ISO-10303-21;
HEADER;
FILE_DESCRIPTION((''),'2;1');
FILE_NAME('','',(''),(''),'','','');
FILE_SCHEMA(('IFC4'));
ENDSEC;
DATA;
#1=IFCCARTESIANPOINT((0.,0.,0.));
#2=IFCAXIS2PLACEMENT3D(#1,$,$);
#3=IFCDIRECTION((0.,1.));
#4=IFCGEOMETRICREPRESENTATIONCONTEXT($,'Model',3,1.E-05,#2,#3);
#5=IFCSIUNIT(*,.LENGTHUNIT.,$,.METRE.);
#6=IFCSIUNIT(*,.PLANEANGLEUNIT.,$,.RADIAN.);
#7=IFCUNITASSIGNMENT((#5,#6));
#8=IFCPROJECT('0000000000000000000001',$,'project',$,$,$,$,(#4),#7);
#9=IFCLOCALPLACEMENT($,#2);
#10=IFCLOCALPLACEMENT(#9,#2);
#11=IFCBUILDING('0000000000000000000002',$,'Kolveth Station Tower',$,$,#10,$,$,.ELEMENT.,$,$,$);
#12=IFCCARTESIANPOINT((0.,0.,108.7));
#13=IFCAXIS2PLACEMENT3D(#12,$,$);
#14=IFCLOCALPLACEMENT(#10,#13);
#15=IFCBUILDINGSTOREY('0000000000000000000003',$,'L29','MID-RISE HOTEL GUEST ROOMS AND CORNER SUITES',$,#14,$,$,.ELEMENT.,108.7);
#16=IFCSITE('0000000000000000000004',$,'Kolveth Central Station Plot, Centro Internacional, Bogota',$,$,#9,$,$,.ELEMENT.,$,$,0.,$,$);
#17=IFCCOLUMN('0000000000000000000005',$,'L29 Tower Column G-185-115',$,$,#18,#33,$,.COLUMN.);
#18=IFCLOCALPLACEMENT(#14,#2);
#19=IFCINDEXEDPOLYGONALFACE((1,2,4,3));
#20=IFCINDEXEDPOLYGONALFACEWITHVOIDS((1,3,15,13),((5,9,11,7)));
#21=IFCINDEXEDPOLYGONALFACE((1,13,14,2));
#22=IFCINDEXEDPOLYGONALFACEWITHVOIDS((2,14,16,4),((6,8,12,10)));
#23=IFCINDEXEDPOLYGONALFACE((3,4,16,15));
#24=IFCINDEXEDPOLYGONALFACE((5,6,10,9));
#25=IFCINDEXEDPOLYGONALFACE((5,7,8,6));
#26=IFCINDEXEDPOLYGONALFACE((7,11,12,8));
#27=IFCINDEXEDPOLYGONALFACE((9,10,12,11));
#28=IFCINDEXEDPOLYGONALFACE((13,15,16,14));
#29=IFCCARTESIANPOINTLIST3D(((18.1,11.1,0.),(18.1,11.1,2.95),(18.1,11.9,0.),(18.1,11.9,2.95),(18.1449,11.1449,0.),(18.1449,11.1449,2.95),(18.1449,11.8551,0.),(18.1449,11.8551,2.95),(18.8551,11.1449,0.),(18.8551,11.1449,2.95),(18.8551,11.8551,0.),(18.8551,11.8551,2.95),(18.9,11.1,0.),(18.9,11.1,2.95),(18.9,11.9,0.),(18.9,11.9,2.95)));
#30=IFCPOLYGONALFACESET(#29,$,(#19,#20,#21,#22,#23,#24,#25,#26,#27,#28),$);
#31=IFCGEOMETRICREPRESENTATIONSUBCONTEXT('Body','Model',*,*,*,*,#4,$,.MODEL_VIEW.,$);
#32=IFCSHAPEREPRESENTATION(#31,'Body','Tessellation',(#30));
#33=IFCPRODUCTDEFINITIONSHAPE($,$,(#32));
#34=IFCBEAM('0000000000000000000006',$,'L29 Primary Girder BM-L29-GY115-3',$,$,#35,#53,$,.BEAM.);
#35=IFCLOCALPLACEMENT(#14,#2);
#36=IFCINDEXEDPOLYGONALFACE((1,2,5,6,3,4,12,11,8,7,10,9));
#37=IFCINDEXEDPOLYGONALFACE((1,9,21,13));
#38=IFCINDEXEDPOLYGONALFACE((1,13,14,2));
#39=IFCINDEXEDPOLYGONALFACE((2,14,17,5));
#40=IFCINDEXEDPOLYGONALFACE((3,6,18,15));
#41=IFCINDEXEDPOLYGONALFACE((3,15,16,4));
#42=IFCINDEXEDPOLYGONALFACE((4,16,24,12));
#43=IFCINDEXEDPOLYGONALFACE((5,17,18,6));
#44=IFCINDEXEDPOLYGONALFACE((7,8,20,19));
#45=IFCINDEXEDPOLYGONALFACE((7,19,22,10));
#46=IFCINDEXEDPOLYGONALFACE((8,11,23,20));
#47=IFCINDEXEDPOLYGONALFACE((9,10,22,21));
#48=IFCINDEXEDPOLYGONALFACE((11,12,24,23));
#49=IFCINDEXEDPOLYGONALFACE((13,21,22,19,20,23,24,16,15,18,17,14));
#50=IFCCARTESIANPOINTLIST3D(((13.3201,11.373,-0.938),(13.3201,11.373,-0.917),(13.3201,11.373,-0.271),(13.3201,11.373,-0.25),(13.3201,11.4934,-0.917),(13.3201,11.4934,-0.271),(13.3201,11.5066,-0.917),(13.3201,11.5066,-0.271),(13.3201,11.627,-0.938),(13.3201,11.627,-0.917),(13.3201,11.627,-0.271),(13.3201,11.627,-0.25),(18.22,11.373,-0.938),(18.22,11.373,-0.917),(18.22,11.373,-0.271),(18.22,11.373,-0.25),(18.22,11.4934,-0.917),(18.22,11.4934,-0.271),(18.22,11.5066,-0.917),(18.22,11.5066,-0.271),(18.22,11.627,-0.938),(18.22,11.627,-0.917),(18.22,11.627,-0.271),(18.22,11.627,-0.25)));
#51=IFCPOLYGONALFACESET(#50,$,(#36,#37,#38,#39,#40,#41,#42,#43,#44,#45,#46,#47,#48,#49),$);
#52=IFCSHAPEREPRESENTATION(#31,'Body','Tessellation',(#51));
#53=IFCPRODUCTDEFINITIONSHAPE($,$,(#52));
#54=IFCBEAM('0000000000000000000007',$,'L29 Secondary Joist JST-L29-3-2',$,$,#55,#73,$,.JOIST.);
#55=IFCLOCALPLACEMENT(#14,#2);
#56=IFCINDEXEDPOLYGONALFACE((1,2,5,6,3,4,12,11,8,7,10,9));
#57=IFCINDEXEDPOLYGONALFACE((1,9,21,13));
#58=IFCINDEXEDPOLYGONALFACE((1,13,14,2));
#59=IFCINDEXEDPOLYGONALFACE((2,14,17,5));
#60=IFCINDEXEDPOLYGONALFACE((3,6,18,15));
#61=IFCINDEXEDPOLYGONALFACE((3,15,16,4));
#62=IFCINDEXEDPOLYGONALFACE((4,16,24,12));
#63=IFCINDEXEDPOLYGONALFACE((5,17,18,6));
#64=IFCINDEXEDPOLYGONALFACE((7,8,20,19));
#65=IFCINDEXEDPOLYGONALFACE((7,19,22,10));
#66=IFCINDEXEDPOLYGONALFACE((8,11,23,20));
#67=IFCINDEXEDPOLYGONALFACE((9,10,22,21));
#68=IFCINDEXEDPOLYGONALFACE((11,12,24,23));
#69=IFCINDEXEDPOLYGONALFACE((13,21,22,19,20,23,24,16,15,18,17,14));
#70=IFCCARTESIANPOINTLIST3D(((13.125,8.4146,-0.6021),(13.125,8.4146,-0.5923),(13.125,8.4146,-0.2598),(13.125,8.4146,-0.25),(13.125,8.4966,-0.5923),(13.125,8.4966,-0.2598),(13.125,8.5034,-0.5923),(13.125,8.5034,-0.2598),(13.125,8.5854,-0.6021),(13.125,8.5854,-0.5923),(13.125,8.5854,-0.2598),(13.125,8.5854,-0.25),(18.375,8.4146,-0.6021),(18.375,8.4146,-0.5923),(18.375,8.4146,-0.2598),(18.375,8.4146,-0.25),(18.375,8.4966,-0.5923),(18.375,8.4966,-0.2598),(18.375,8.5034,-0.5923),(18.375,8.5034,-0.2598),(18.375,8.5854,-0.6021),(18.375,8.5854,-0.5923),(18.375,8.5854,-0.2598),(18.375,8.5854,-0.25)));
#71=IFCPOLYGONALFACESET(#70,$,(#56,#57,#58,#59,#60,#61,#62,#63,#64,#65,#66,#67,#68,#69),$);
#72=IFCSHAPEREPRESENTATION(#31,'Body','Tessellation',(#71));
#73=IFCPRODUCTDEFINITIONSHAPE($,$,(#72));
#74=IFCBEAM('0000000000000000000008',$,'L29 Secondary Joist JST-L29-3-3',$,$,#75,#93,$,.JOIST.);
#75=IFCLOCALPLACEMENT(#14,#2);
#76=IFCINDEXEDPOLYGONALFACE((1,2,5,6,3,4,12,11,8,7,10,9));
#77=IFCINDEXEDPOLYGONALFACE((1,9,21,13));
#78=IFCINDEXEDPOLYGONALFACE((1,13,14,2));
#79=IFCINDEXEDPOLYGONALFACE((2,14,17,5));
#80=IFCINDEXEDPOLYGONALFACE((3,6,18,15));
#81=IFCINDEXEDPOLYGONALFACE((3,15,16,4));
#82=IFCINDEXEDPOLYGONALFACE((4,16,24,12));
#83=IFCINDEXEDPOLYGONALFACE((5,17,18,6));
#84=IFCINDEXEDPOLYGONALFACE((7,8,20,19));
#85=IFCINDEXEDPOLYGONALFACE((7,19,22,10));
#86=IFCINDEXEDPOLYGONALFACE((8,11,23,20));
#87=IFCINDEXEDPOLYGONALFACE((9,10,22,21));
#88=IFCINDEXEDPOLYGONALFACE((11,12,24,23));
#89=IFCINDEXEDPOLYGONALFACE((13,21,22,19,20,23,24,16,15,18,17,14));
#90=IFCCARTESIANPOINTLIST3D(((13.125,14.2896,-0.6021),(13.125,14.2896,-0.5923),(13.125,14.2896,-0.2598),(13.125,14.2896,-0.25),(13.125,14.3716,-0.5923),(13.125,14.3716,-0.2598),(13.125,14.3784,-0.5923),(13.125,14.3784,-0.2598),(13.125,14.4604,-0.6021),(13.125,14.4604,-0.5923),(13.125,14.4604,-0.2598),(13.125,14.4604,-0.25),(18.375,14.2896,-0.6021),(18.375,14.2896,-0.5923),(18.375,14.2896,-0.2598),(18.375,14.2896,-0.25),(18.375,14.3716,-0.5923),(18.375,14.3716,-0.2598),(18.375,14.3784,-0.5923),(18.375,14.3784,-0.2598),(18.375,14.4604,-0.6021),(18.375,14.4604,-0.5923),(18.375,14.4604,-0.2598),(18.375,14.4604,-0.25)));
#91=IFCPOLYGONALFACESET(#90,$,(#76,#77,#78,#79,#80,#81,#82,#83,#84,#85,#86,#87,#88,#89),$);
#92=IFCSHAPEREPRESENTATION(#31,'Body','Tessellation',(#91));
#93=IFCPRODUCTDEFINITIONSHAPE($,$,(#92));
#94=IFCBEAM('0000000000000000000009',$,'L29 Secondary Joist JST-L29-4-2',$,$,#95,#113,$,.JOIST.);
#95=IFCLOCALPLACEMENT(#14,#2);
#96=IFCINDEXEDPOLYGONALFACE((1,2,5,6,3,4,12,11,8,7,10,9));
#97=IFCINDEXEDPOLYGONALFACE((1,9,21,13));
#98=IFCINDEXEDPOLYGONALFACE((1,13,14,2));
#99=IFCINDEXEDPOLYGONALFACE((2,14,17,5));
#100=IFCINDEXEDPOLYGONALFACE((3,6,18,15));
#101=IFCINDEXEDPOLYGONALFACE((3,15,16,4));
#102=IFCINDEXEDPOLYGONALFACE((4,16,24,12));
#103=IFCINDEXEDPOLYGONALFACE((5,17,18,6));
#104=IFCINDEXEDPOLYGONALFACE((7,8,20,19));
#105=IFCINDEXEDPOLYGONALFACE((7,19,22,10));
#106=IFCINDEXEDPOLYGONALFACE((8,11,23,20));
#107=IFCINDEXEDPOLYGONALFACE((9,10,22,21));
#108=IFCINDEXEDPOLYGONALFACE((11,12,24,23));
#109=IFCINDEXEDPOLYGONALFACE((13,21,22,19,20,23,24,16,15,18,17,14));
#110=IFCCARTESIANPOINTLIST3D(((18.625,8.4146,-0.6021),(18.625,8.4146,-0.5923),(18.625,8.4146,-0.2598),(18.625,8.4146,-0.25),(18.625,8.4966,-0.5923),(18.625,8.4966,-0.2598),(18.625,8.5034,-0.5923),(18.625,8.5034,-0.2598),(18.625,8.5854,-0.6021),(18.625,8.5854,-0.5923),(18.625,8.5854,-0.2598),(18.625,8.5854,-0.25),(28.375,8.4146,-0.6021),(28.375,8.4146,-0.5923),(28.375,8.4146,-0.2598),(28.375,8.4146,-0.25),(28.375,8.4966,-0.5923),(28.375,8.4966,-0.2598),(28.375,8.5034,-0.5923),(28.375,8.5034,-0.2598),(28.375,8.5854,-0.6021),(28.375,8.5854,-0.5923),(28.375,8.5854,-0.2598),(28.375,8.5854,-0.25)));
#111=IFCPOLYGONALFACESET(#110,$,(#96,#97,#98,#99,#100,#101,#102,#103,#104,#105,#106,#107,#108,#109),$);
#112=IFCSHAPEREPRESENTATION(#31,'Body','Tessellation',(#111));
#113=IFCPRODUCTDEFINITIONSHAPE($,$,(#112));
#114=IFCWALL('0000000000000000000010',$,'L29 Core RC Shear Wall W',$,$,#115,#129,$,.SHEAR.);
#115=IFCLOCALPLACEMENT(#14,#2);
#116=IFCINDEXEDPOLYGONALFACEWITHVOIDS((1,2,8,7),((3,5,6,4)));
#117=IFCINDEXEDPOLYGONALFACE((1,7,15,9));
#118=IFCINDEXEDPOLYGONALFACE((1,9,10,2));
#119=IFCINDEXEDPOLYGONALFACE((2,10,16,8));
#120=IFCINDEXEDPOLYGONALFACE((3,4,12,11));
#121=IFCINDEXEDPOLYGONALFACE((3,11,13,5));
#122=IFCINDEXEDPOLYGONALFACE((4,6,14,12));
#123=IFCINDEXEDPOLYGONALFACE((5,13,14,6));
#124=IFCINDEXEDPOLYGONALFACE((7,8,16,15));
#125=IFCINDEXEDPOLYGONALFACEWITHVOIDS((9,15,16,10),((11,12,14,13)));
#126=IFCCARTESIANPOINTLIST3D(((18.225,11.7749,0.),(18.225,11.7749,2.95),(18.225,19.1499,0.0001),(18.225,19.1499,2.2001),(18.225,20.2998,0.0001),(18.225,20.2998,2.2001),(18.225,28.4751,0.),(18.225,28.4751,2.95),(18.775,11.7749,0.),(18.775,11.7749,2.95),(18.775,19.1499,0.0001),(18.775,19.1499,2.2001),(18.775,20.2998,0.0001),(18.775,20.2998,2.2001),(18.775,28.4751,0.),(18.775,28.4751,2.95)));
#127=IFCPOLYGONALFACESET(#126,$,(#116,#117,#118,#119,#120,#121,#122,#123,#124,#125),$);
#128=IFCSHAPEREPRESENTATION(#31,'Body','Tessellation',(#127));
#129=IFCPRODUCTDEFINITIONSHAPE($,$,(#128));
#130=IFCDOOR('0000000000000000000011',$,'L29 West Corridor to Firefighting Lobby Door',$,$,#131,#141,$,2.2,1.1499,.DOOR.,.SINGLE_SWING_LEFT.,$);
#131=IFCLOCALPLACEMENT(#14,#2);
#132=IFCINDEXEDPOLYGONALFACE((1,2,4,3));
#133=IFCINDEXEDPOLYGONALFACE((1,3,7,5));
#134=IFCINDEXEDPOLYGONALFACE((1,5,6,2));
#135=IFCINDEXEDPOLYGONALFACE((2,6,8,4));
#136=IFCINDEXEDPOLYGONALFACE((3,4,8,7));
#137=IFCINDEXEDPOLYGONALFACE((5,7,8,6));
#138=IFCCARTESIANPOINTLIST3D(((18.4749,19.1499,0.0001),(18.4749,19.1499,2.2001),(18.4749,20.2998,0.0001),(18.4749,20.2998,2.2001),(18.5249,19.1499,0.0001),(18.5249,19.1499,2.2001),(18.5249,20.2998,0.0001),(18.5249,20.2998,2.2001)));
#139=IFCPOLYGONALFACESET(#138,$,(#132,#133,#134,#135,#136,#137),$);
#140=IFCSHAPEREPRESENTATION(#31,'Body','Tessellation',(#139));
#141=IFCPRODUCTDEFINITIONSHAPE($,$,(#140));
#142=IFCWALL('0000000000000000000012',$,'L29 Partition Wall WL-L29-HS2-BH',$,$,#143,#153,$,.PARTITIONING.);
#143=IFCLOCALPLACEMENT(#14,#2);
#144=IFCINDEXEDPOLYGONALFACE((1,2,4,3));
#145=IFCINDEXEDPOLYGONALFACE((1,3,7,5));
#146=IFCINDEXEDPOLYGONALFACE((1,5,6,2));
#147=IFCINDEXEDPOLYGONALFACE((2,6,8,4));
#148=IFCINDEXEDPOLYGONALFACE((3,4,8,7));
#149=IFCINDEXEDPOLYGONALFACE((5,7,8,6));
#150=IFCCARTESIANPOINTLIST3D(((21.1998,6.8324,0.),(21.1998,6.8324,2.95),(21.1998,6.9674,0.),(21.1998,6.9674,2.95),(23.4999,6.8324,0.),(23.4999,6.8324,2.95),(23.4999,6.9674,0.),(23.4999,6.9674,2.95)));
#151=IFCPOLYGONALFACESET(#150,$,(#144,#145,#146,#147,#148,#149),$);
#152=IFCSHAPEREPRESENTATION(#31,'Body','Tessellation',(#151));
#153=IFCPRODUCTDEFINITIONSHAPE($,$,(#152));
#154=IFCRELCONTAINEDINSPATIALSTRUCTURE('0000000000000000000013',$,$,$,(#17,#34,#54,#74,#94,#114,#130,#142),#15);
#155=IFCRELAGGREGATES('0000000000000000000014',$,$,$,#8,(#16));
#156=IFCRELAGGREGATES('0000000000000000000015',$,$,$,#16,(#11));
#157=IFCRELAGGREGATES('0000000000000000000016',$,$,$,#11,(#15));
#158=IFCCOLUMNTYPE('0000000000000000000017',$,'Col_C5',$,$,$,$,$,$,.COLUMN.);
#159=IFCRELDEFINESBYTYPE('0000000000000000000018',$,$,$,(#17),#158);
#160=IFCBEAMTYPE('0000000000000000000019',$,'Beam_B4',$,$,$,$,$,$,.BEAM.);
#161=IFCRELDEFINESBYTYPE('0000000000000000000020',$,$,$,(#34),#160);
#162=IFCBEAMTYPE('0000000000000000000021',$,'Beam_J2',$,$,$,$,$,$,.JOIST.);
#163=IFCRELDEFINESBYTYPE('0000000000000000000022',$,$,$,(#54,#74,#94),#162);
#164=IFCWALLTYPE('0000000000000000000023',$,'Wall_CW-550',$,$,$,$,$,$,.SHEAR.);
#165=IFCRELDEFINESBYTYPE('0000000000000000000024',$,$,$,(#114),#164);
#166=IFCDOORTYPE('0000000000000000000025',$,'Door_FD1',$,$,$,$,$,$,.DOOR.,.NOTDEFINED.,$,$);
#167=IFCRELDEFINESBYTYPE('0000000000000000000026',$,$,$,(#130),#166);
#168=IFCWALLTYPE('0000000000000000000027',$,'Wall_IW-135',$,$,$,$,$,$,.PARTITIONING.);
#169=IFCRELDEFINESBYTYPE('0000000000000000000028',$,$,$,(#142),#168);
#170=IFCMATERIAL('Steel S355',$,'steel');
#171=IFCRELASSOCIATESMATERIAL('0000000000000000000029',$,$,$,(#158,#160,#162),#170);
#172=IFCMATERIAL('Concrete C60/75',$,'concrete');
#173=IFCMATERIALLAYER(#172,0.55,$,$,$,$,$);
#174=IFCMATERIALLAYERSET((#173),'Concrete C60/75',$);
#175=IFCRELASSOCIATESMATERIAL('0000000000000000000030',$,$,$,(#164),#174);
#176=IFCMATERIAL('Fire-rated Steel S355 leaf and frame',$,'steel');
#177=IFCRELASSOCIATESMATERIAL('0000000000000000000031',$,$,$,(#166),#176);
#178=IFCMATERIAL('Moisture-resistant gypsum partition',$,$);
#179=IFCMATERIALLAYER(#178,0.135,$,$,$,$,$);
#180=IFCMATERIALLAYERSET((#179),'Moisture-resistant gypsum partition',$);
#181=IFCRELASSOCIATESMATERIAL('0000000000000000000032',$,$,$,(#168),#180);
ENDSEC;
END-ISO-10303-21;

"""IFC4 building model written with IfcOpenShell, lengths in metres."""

from ifc_helpers import new_model, si_unit, direction, frame, frame_2d, origin, origin_2d, place, context, subcontext, project, spatial, rectangle, hollow_rectangle, i_section, extrude, source, transform, mapped, material, layer, layer_set, material_profile, profile_set, type_object, element, fill, save


model = new_model("IFC4")

# Units and contexts
model_context = context("Model", 3, precision=1e-05, world=origin(), true_north=direction((0.0, 1.0)))
body_context = subcontext(model_context, "Body", "Model", "MODEL_VIEW")
ifc_project = project(units=[si_unit("LENGTHUNIT", "METRE"), si_unit("PLANEANGLEUNIT", "RADIAN")], contexts=[model_context])

# Site, building, storey
site_placement = place(None, origin())
site = spatial("IfcSite", under=ifc_project, at=site_placement, Name="Kolveth Central Station Plot, Centro Internacional, Bogota", CompositionType="ELEMENT", RefElevation=0.0)
building_placement = place(site_placement, origin())
building = spatial("IfcBuilding", under=site, at=building_placement, Name="Kolveth Station Tower", CompositionType="ELEMENT")
storey_placement = place(building_placement, frame((0.0, 0.0, 108.7)))
storey = spatial("IfcBuildingStorey", under=building, at=storey_placement, Name="L29", Description="MID-RISE HOTEL GUEST ROOMS AND CORNER SUITES", CompositionType="ELEMENT", Elevation=108.7)

# Column
ifc_material_1 = material(Name="Steel S355", Category="steel")
ifc_material_profile_1 = material_profile(ifc_material_1, hollow_rectangle(XDim=0.8, YDim=0.8, WallThickness=0.0449, at=origin_2d()), Name="BOX800x800x45")
ifc_profile_set_1 = profile_set([ifc_material_profile_1], Name="Steel S355")
column_type = type_object("IfcColumnType", Name="Col_C5", PredefinedType="COLUMN", material=ifc_profile_set_1)
shared_shape_1 = source(origin(), body_context, "Body", "SweptSolid", [
    extrude(hollow_rectangle(XDim=0.8, YDim=0.8, WallThickness=0.0449, at=origin_2d()), origin(), (0.0, 0.0, 1.0), 2.95),
])
column_placement = place(storey_placement, frame((18.5, 11.5, 0.0), z_axis=(0.0, 0.0, 1.0), x_axis=(1.0, 0.0, 0.0)))
element("IfcColumn", 1, at=column_placement, inside=storey, type_object=column_type, Name="L29 Tower Column G-185-115", PredefinedType="COLUMN", context=body_context, shape_type="MappedRepresentation", body=[
    mapped(shared_shape_1, transform((0.0, 0.0, 0.0), x_axis=(1.0, 0.0, 0.0), y_axis=(0.0, 1.0, 0.0), z_axis=(0.0, 0.0, 1.0), scale=1.0)),
])

# Beams
ifc_material_profile_2 = material_profile(ifc_material_1, i_section(OverallWidth=0.2539, OverallDepth=0.688, WebThickness=0.0132, FlangeThickness=0.021, at=origin_2d()), Name="W690x152")
ifc_profile_set_2 = profile_set([ifc_material_profile_2], Name="Steel S355")
beam_type_1 = type_object("IfcBeamType", Name="Beam_B4", PredefinedType="BEAM", material=ifc_profile_set_2)
shared_shape_2 = source(origin(), body_context, "Body", "SweptSolid", [
    extrude(i_section(OverallWidth=0.2539, OverallDepth=0.688, WebThickness=0.0132, FlangeThickness=0.021, at=origin_2d()), origin(), (0.0, 0.0, 1.0), 4.8999),
])
beam_1_placement = place(storey_placement, frame((13.3201, 11.5, -0.594), z_axis=(1.0, 0.0, 0.0), x_axis=(0.0, 1.0, 0.0)))
element("IfcBeam", 2, at=beam_1_placement, inside=storey, type_object=beam_type_1, Name="L29 Primary Girder BM-L29-GY115-3", PredefinedType="BEAM", context=body_context, shape_type="MappedRepresentation", body=[
    mapped(shared_shape_2, transform((0.0, 0.0, 0.0), x_axis=(1.0, 0.0, 0.0), y_axis=(0.0, 1.0, 0.0), z_axis=(0.0, 0.0, 1.0), scale=1.0)),
])
ifc_material_profile_3 = material_profile(ifc_material_1, i_section(OverallWidth=0.1709, OverallDepth=0.3521, WebThickness=0.0068, FlangeThickness=0.0098, at=origin_2d()), Name="W360x44")
ifc_profile_set_3 = profile_set([ifc_material_profile_3], Name="Steel S355")
beam_type_2 = type_object("IfcBeamType", Name="Beam_J2", PredefinedType="JOIST", material=ifc_profile_set_3)
shared_shape_3 = source(origin(), body_context, "Body", "SweptSolid", [
    extrude(i_section(OverallWidth=0.1709, OverallDepth=0.3521, WebThickness=0.0068, FlangeThickness=0.0098, at=origin_2d()), origin(), (0.0, 0.0, 1.0), 5.25),
])
for number, where, z_axis, x_axis, name in (
    (3, (13.125, 8.5, -0.426), (1.0, 0.0, 0.0), (0.0, 1.0, 0.0), "L29 Secondary Joist JST-L29-3-2"),
    (4, (13.125, 14.375, -0.426), (1.0, 0.0, 0.0), (0.0, 1.0, 0.0), "L29 Secondary Joist JST-L29-3-3"),
):
    element("IfcBeam", number, at=place(storey_placement, frame(where, z_axis=z_axis, x_axis=x_axis)), inside=storey, type_object=beam_type_2, Name=name, PredefinedType="JOIST", context=body_context, shape_type="MappedRepresentation", body=[
        mapped(shared_shape_3, transform((0.0, 0.0, 0.0), x_axis=(1.0, 0.0, 0.0), y_axis=(0.0, 1.0, 0.0), z_axis=(0.0, 0.0, 1.0), scale=1.0)),
    ])
shared_shape_4 = source(origin(), body_context, "Body", "SweptSolid", [
    extrude(i_section(OverallWidth=0.1709, OverallDepth=0.3521, WebThickness=0.0068, FlangeThickness=0.0098, at=origin_2d()), origin(), (0.0, 0.0, 1.0), 9.75),
])
beam_2_placement = place(storey_placement, frame((18.625, 8.5, -0.426), z_axis=(1.0, 0.0, 0.0), x_axis=(0.0, 1.0, 0.0)))
element("IfcBeam", 5, at=beam_2_placement, inside=storey, type_object=beam_type_2, Name="L29 Secondary Joist JST-L29-4-2", PredefinedType="JOIST", context=body_context, shape_type="MappedRepresentation", body=[
    mapped(shared_shape_4, transform((0.0, 0.0, 0.0), x_axis=(1.0, 0.0, 0.0), y_axis=(0.0, 1.0, 0.0), z_axis=(0.0, 0.0, 1.0), scale=1.0)),
])

# Shared definitions
ifc_material_2 = material(Name="Concrete C60/75", Category="concrete")
ifc_layer_1 = layer(ifc_material_2, 0.55)
ifc_layer_set_1 = layer_set([ifc_layer_1], Name="Concrete C60/75")
wall_type_1 = type_object("IfcWallType", Name="Wall_CW-550", PredefinedType="SHEAR", material=ifc_layer_set_1)

# Wall, opening, door
wall_1_placement = place(storey_placement, frame((18.5, 11.7749, 0.0), z_axis=(0.0, 0.0, 1.0), x_axis=(0.0, 1.0, 0.0)))
wall_1 = element("IfcWall", 6, at=wall_1_placement, inside=storey, type_object=wall_type_1, Name="L29 Core RC Shear Wall W", PredefinedType="SHEAR", context=body_context, shape_type="SweptSolid", body=[
    extrude(rectangle(XDim=16.7002, YDim=0.55, at=frame_2d((8.3501, 0.0))), origin(), (0.0, 0.0, 1.0), 2.95),
])
opening_1_placement = place(wall_1_placement, frame((7.375, 0.0, 0.0)))
opening_1 = element("IfcOpeningElement", 7, at=opening_1_placement, cuts=wall_1, PredefinedType="OPENING", context=body_context, shape_type="SweptSolid", body=[
    extrude(rectangle(XDim=1.1499, YDim=2.2, at=frame_2d((0.575, 1.1001))), frame((0.0, 0.2849, 0.0), z_axis=(0.0, -1.0, 0.0), x_axis=(1.0, 0.0, 0.0)), (0.0, 0.0, 1.0), 0.5701),
])
ifc_material_3 = material(Name="Fire-rated Steel S355 leaf and frame", Category="steel")
door_type_1 = type_object("IfcDoorType", Name="Door_FD1", OperationType="NOTDEFINED", PredefinedType="DOOR", material=ifc_material_3)
door_1_placement = place(opening_1_placement, frame((1.1499, 0.0, 0.0), z_axis=(0.0, 0.0, 1.0), x_axis=(-1.0, 0.0, 0.0)))
door_1 = element("IfcDoor", 8, at=door_1_placement, inside=storey, type_object=door_type_1, Name="L29 West Corridor to Firefighting Lobby Door", OperationType="SINGLE_SWING_LEFT", OverallHeight=2.2, OverallWidth=1.1499, PredefinedType="DOOR", context=body_context, shape_type="SweptSolid", body=[
    extrude(rectangle(XDim=1.1499, YDim=2.2, at=frame_2d((0.575, 1.1001))), frame((0.0, 0.0249, 0.0), z_axis=(0.0, -1.0, 0.0), x_axis=(1.0, 0.0, 0.0)), (0.0, 0.0, 1.0), 0.05),
])
fill(opening_1, door_1)

# Wall
ifc_material_4 = material(Name="Moisture-resistant gypsum partition")
ifc_layer_2 = layer(ifc_material_4, 0.135)
ifc_layer_set_2 = layer_set([ifc_layer_2], Name="Moisture-resistant gypsum partition")
wall_type_2 = type_object("IfcWallType", Name="Wall_IW-135", PredefinedType="PARTITIONING", material=ifc_layer_set_2)
wall_2_placement = place(storey_placement, frame((21.2, 6.8999, 0.0), z_axis=(0.0, 0.0, 1.0), x_axis=(1.0, 0.0, 0.0)))
element("IfcWall", 9, at=wall_2_placement, inside=storey, type_object=wall_type_2, Name="L29 Partition Wall WL-L29-HS2-BH", PredefinedType="PARTITIONING", context=body_context, shape_type="SweptSolid", body=[
    extrude(rectangle(XDim=2.3, YDim=0.135, at=frame_2d((1.1499, 0.0))), origin(), (0.0, 0.0, 1.0), 2.95),
])

save(model, "model.ifc")
